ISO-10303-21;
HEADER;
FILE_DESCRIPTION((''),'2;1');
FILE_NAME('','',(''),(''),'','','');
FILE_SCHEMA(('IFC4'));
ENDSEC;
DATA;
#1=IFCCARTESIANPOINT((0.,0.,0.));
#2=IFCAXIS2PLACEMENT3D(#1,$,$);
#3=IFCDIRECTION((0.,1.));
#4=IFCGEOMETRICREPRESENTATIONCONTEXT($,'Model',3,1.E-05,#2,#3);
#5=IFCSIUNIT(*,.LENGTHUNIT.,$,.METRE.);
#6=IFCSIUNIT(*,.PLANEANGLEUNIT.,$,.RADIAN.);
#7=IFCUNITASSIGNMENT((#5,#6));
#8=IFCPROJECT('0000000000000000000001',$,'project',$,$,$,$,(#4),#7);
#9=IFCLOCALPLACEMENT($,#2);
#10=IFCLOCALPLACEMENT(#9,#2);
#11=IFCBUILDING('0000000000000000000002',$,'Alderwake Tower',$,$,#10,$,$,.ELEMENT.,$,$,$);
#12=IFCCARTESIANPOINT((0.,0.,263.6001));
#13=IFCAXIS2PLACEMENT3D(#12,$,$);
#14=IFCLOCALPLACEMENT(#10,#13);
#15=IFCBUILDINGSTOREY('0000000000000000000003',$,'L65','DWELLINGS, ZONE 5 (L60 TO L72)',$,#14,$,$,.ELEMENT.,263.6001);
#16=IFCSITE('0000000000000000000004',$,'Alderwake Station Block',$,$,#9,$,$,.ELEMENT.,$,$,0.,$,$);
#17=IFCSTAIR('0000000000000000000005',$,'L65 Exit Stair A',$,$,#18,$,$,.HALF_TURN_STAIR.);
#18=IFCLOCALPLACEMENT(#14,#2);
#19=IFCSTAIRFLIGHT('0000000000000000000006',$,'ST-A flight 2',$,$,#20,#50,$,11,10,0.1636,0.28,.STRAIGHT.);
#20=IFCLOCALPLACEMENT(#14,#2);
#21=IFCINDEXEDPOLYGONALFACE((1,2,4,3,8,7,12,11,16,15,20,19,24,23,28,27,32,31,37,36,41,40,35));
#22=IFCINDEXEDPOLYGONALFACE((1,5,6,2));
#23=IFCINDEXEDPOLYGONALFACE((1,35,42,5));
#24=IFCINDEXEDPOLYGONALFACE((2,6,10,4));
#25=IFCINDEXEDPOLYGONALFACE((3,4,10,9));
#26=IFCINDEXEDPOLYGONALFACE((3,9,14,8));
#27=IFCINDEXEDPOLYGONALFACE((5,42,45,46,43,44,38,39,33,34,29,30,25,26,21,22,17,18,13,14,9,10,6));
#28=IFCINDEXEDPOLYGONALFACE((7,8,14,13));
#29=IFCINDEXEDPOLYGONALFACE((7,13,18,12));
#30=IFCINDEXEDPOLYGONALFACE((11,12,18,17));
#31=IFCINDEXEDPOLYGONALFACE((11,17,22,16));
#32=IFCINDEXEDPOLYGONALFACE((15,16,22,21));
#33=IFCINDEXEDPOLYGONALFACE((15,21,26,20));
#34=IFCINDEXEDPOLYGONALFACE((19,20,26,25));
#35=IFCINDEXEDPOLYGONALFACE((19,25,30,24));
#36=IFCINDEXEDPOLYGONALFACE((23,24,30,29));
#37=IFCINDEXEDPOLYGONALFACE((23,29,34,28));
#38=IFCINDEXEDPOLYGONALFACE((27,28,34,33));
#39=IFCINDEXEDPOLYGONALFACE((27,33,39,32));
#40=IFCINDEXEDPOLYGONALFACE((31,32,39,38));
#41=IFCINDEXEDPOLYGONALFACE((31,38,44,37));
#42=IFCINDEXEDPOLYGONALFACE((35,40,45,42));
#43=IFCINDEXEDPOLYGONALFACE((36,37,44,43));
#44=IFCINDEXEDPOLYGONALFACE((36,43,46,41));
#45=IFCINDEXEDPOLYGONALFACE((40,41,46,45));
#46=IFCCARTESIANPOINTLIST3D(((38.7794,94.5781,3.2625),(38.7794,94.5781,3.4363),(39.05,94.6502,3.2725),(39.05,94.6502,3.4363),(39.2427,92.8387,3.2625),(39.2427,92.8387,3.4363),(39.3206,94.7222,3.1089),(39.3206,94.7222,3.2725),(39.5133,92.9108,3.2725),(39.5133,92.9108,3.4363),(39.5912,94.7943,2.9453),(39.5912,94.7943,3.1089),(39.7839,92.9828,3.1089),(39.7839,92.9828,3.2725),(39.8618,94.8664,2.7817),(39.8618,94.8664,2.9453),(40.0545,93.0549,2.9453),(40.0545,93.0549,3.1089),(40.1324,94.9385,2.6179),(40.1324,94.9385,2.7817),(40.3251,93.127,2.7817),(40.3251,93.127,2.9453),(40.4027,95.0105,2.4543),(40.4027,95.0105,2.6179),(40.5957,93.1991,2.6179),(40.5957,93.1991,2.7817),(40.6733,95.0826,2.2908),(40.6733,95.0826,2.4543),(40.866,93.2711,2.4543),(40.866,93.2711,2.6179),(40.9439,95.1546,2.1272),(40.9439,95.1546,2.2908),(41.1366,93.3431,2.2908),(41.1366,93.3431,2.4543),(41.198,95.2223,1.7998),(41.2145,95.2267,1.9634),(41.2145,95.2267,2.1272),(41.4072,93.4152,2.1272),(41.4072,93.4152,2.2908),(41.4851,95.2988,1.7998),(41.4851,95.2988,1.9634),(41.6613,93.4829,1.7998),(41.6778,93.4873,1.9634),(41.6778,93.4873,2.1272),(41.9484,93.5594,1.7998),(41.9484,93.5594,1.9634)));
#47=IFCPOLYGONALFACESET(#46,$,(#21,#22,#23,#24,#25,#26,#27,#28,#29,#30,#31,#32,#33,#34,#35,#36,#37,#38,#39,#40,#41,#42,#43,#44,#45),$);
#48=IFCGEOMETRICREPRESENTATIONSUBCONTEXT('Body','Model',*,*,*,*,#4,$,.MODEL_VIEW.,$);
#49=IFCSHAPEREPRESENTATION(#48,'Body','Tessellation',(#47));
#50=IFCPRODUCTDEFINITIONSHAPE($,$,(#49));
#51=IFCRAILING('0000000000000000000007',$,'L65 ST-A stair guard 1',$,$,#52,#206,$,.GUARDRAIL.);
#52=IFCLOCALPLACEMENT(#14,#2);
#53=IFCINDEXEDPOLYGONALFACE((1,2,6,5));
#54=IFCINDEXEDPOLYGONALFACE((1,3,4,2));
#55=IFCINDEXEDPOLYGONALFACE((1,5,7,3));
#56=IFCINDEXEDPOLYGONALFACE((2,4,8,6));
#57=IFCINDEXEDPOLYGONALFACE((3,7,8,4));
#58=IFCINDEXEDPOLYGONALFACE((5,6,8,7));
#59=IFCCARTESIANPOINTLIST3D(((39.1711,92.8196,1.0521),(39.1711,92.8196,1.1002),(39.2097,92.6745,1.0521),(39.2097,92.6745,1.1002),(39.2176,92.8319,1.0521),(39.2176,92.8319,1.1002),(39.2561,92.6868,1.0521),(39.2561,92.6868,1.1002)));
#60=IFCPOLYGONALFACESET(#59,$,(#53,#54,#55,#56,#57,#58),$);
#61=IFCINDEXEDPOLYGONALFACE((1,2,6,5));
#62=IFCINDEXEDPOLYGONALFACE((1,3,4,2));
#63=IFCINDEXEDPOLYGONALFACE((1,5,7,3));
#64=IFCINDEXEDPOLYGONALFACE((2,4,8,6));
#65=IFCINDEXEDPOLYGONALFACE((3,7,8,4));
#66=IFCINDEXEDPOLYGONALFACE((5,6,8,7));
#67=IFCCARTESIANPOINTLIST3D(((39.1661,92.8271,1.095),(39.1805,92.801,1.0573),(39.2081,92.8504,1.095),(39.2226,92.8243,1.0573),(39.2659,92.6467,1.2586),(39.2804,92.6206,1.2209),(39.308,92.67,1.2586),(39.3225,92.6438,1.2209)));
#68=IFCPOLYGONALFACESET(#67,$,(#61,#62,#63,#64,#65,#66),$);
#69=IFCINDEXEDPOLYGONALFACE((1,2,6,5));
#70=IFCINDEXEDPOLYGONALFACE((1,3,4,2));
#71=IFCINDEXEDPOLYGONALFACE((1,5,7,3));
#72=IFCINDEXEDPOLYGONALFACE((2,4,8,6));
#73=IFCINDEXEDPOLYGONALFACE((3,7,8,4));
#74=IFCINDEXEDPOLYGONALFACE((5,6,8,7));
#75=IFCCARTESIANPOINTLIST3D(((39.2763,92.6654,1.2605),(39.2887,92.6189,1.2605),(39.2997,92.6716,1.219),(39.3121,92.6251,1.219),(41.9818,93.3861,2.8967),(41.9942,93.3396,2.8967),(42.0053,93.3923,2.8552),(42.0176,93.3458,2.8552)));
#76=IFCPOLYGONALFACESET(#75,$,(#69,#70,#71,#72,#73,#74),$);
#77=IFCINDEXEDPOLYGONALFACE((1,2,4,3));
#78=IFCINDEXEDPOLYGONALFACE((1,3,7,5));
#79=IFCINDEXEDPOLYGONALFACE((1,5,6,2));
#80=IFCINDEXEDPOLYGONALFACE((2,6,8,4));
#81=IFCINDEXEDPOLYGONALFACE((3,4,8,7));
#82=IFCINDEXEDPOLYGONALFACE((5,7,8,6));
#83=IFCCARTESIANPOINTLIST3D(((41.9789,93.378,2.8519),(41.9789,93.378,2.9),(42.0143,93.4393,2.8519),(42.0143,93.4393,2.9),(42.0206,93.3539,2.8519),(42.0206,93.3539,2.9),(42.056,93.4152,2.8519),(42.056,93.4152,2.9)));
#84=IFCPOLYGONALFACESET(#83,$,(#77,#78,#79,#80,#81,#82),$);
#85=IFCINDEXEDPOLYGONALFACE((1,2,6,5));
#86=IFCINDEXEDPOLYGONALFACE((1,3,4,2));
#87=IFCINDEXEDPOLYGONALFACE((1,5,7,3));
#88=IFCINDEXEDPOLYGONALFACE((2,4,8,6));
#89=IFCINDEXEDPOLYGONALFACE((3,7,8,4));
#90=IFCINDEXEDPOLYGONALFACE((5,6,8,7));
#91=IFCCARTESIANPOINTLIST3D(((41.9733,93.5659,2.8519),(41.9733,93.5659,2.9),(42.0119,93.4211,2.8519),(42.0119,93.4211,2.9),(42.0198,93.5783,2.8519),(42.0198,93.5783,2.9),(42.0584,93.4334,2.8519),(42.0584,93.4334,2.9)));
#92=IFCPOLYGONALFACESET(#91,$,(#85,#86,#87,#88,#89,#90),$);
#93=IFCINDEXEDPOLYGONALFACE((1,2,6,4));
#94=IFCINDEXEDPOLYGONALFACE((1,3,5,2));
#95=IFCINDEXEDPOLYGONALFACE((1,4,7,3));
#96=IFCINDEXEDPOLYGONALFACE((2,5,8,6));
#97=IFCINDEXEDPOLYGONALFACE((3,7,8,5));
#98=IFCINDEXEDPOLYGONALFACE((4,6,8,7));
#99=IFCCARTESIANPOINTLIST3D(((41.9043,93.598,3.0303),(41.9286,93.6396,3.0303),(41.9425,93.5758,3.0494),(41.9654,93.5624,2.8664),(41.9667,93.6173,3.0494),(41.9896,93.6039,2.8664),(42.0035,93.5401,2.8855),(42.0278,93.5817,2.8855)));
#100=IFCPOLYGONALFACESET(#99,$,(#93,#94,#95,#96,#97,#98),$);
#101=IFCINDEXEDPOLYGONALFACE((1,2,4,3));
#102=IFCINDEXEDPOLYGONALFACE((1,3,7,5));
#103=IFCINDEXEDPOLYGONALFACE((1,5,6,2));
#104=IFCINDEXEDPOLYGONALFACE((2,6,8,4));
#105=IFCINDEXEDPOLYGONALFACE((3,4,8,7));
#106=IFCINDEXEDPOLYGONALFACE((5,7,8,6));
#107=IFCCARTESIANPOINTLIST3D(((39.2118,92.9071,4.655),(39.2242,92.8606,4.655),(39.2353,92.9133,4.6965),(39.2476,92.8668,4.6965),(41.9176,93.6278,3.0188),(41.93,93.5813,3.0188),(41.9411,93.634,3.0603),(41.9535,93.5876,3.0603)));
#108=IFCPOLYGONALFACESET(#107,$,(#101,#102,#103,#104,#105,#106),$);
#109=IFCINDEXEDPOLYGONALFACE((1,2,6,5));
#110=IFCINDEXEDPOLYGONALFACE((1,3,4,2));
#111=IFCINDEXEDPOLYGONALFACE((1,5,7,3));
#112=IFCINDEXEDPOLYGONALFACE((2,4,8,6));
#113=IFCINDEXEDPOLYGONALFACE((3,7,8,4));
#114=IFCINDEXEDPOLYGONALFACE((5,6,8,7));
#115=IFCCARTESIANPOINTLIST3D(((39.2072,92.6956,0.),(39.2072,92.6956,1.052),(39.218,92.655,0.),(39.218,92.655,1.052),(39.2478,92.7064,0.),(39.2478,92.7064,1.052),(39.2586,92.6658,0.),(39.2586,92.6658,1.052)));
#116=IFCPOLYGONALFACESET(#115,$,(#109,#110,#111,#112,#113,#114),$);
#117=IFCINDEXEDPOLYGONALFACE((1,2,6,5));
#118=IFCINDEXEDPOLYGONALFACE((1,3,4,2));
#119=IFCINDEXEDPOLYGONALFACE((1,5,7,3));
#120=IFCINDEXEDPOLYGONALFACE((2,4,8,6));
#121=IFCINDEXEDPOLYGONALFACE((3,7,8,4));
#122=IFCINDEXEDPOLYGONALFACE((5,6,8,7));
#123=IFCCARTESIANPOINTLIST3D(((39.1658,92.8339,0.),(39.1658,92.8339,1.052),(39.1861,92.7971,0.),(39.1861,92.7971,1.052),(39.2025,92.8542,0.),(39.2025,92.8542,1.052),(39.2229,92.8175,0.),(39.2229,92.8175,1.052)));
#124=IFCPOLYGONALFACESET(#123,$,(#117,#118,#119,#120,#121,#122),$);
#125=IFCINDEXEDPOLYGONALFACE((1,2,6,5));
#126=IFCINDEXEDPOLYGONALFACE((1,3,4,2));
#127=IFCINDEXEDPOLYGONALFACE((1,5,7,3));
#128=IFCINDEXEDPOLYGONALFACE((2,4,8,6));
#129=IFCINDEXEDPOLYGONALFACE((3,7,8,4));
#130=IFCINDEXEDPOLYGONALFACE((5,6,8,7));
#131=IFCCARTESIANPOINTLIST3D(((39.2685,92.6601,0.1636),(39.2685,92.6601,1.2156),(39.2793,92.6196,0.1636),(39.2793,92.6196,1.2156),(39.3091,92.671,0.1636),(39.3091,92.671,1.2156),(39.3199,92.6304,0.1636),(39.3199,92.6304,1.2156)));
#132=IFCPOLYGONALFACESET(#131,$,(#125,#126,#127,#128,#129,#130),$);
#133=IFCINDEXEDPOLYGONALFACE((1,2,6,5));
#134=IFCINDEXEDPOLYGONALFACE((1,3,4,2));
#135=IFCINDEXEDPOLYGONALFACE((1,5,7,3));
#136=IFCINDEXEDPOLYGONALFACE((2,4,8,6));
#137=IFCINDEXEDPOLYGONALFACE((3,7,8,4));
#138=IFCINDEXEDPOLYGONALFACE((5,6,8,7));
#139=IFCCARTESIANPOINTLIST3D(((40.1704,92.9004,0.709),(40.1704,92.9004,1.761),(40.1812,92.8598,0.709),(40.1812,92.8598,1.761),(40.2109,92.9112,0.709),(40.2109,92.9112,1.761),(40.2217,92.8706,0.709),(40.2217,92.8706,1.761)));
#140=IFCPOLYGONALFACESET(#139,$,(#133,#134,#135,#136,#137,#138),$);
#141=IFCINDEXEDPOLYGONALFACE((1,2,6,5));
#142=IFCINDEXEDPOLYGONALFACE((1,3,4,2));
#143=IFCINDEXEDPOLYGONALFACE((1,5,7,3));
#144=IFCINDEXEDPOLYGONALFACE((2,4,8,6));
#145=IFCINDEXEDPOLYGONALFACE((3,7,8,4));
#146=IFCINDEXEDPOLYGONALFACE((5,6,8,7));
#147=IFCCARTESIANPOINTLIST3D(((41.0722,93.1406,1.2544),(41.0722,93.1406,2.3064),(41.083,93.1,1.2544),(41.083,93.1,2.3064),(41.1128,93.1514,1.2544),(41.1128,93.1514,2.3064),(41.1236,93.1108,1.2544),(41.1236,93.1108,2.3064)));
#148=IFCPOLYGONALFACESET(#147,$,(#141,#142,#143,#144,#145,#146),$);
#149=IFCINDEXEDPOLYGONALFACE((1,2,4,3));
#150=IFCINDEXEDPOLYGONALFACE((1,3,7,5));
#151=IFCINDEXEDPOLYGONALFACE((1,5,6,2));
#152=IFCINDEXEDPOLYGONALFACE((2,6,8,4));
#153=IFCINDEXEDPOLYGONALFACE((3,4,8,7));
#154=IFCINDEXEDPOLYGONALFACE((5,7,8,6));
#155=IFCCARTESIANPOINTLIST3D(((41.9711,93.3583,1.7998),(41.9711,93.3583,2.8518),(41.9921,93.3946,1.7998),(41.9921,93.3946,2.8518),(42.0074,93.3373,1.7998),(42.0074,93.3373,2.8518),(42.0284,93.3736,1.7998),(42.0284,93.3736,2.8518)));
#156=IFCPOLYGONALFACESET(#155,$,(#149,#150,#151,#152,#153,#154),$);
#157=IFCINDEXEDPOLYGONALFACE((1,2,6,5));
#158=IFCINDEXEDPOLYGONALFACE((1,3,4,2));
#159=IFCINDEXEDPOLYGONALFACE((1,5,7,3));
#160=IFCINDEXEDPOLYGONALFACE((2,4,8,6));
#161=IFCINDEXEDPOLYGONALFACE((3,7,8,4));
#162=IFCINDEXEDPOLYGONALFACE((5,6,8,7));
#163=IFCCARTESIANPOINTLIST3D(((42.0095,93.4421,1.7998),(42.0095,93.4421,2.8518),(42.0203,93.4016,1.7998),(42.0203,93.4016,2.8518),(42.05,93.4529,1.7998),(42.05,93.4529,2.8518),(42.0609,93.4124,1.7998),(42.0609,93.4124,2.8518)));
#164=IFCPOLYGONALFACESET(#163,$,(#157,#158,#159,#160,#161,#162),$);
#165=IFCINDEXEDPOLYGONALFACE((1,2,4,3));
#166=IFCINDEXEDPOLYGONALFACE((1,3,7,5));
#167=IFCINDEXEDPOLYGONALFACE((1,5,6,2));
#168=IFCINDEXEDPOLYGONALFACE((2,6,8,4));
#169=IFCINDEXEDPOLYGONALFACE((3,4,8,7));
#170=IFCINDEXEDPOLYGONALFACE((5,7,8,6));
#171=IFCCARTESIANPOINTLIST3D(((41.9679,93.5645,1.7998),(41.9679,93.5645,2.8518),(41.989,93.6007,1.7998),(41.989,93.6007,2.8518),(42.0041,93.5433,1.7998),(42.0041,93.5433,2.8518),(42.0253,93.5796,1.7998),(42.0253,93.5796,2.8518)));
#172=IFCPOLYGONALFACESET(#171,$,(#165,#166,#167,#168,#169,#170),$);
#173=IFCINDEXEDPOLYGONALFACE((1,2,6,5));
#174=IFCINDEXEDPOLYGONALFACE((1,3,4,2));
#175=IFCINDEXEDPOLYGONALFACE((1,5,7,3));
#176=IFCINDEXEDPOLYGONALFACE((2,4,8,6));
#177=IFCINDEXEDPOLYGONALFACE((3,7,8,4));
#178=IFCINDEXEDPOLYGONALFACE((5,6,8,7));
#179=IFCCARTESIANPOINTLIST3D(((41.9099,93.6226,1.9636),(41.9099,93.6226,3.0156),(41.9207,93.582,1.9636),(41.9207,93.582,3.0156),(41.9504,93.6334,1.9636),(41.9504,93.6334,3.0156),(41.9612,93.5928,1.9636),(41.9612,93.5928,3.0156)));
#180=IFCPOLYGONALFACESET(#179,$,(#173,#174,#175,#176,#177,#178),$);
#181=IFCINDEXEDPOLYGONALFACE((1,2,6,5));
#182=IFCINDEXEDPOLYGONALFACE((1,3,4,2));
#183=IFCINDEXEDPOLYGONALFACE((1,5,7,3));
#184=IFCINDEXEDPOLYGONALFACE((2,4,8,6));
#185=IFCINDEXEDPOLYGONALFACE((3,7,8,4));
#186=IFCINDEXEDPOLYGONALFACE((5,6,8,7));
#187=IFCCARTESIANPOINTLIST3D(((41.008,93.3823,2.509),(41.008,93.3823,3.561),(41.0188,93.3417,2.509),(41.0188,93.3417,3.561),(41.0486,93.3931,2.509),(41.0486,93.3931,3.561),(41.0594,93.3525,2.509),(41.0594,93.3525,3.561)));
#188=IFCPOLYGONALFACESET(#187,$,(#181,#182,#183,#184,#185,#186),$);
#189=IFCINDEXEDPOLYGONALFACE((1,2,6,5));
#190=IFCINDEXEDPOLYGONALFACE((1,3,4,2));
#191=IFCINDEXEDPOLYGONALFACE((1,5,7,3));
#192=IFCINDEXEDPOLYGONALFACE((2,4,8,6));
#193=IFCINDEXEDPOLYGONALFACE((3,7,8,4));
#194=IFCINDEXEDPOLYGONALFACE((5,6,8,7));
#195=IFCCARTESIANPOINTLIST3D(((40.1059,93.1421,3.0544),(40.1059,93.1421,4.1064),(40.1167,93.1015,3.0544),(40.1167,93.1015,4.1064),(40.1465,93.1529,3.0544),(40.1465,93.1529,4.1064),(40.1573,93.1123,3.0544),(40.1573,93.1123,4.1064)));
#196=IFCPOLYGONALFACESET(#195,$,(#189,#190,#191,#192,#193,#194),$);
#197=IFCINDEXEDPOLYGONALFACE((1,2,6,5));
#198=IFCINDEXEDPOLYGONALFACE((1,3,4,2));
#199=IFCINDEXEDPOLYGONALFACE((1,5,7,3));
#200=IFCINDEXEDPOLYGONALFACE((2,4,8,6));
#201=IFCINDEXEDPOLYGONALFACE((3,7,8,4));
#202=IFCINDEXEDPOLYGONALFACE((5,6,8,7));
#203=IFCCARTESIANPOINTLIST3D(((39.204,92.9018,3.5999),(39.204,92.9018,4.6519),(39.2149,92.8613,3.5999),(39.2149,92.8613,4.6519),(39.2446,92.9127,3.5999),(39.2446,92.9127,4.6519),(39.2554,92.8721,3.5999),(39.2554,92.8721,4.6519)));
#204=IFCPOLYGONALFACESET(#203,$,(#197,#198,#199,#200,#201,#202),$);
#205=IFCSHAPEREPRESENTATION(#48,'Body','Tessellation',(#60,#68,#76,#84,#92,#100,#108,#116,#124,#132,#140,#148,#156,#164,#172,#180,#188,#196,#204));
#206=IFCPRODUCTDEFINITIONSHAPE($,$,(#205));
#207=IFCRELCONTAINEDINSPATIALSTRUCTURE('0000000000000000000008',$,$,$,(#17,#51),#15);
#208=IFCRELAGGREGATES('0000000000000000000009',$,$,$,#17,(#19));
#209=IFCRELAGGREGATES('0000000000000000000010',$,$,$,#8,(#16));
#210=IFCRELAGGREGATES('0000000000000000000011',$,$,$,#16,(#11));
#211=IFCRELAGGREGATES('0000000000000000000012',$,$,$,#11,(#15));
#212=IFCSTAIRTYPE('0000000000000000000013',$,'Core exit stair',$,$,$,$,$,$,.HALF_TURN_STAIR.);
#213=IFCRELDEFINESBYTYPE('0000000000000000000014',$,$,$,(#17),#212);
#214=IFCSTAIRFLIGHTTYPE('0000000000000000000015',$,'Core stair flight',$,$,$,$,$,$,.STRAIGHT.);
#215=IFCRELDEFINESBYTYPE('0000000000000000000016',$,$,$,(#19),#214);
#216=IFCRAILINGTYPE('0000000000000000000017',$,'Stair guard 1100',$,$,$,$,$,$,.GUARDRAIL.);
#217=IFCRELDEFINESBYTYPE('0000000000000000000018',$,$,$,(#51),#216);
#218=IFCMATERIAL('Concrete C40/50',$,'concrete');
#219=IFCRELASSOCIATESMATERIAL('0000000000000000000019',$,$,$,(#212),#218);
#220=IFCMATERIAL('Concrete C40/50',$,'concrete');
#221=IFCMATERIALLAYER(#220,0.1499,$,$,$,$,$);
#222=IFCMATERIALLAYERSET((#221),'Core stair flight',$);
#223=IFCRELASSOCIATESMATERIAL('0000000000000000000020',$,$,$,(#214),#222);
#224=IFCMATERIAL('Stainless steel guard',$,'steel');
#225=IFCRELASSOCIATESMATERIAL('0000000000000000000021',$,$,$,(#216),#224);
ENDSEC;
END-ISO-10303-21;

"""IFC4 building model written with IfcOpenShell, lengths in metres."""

from ifc_helpers import new_model, si_unit, direction, frame, origin, origin_2d, place, context, subcontext, project, spatial, polyline, rectangle, outline, extrude, material, layer, layer_set, type_object, element, aggregate, save


model = new_model("IFC4")

# Units and contexts
model_context = context("Model", 3, precision=1e-05, world=origin(), true_north=direction((0.0, 1.0)))
body_context = subcontext(model_context, "Body", "Model", "MODEL_VIEW")
ifc_project = project(units=[si_unit("LENGTHUNIT", "METRE"), si_unit("PLANEANGLEUNIT", "RADIAN")], contexts=[model_context])

# Site, building, storey
site_placement = place(None, origin())
site = spatial("IfcSite", under=ifc_project, at=site_placement, Name="Alderwake Station Block", CompositionType="ELEMENT", RefElevation=0.0)
building_placement = place(site_placement, origin())
building = spatial("IfcBuilding", under=site, at=building_placement, Name="Alderwake Tower", CompositionType="ELEMENT")
storey_placement = place(building_placement, frame((0.0, 0.0, 263.6001)))
storey = spatial("IfcBuildingStorey", under=building, at=storey_placement, Name="L65", Description="DWELLINGS, ZONE 5 (L60 TO L72)", CompositionType="ELEMENT", Elevation=263.6001)

# Stair, stair flight
ifc_material_1 = material(Name="Concrete C40/50", Category="concrete")
stair_type = type_object("IfcStairType", Name="Core exit stair", PredefinedType="HALF_TURN_STAIR", material=ifc_material_1)
stair_placement = place(storey_placement, origin())
stair = element("IfcStair", 1, at=stair_placement, inside=storey, type_object=stair_type, Name="L65 Exit Stair A", PredefinedType="HALF_TURN_STAIR")
ifc_material_2 = material(Name="Concrete C40/50", Category="concrete")
ifc_layer_1 = layer(ifc_material_2, 0.1499)
ifc_layer_set_1 = layer_set([ifc_layer_1], Name="Core stair flight")
stair_flight_type = type_object("IfcStairFlightType", Name="Core stair flight", PredefinedType="STRAIGHT", material=ifc_layer_set_1)
stair_flight_1_placement = place(storey_placement, frame((41.7168, 94.429, 1.7998), z_axis=(0.0, 0.0, 1.0), x_axis=(-0.96631, -0.257382, 0.0)))
stair_flight_1 = element("IfcStairFlight", 2, at=stair_flight_1_placement, type_object=stair_flight_type, Name="ST-A flight 2", NumberOfRisers=11, NumberOfTreads=10, PredefinedType="STRAIGHT", RiserHeight=0.1636, TreadLength=0.28, context=body_context, shape_type="SweptSolid", body=[
    extrude(outline(polyline([(0.0, 0.0), (0.0, 0.1636), (0.28, 0.1636), (0.28, 0.3274), (0.5601, 0.3274), (0.5601, 0.491), (0.8401, 0.491), (0.8401, 0.6545), (1.1201, 0.6545), (1.1201, 0.8181), (1.3999, 0.8181), (1.3999, 0.9819), (1.6799, 0.9819), (1.6799, 1.1455), (1.96, 1.1455), (1.96, 1.3091), (2.24, 1.3091), (2.24, 1.4727), (2.52, 1.4727), (2.52, 1.6365), (2.8, 1.6365), (2.8, 1.8), (2.8, 1.4626), (0.2971, 0.0), (0.0, 0.0)])), frame((0.0, 0.8999, 0.0), z_axis=(0.0, -1.0, 0.0), x_axis=(1.0, 0.0, 0.0)), (0.0, 0.0, 1.0), 1.8),
])
aggregate(stair, [stair_flight_1])

# Railing
ifc_material_3 = material(Name="Stainless steel guard", Category="steel")
railing_type_1 = type_object("IfcRailingType", Name="Stair guard 1100", PredefinedType="GUARDRAIL", material=ifc_material_3)
railing_1_placement = place(storey_placement, frame((39.2329, 92.6807, 0.0)))
element("IfcRailing", 3, at=railing_1_placement, inside=storey, type_object=railing_type_1, Name="L65 ST-A stair guard 1", PredefinedType="GUARDRAIL", context=body_context, shape_type="SweptSolid", body=[
    extrude(rectangle(XDim=0.0481, YDim=0.0481, at=origin_2d()), frame((0.0, 0.0, 1.0762), z_axis=(-0.257055, 0.966397, 0.0), x_axis=(-0.966397, -0.257055, 0.0)), (0.0, 0.0, 1.0), 0.1501),
    extrude(rectangle(XDim=0.0481, YDim=0.0481, at=origin_2d()), frame((-0.0386, 0.145, 1.0762), z_axis=(0.379371, -0.685464, 0.621463), x_axis=(0.874938, 0.484235, 0.0)), (0.0, 0.0, 1.0), 0.2632),
    extrude(rectangle(XDim=0.0481, YDim=0.0481, at=origin_2d()), frame((0.0613, -0.0354, 1.2397), z_axis=(0.834291, 0.222237, 0.504549), x_axis=(-0.257402, 0.966304, 0.0)), (0.0, 0.0, 1.0), 3.2429),
    extrude(rectangle(XDim=0.0481, YDim=0.0481, at=origin_2d()), frame((2.7668, 0.6853, 2.876), z_axis=(0.50022, 0.865898, 0.0), x_axis=(-0.865898, 0.50022, 0.0)), (0.0, 0.0, 1.0), 0.0708),
    extrude(rectangle(XDim=0.0481, YDim=0.0481, at=origin_2d()), frame((2.8022, 0.7466, 2.876), z_axis=(-0.25746, 0.966289, 0.0), x_axis=(-0.966289, -0.25746, 0.0)), (0.0, 0.0, 1.0), 0.1499),
    extrude(rectangle(XDim=0.0481, YDim=0.0481, at=origin_2d()), frame((2.7637, 0.8914, 2.876), z_axis=(-0.342095, 0.199783, 0.918182), x_axis=(-0.5043, -0.863528, 0.0)), (0.0, 0.0, 1.0), 0.1785),
    extrude(rectangle(XDim=0.0481, YDim=0.0481, at=origin_2d()), frame((2.7026, 0.927, 3.0396), z_axis=(-0.834314, -0.222223, 0.504518), x_axis=(0.25738, -0.96631, 0.0)), (0.0, 0.0, 1.0), 3.2432),
    extrude(rectangle(XDim=0.042, YDim=0.042, at=origin_2d()), frame((0.0, 0.0, 0.0), z_axis=(0.0, 0.0, 1.0), x_axis=(-0.257055, 0.966397, 0.0)), (0.0, 0.0, 1.0), 1.052),
    extrude(rectangle(XDim=0.042, YDim=0.042, at=origin_2d()), frame((-0.0386, 0.145, 0.0), z_axis=(0.0, 0.0, 1.0), x_axis=(0.484235, -0.874938, 0.0)), (0.0, 0.0, 1.0), 1.052),
    extrude(rectangle(XDim=0.042, YDim=0.042, at=origin_2d()), frame((0.0613, -0.0354, 0.1636), z_axis=(0.0, 0.0, 1.0), x_axis=(0.966304, 0.257402, 0.0)), (0.0, 0.0, 1.0), 1.052),
    extrude(rectangle(XDim=0.042, YDim=0.042, at=origin_2d()), frame((0.9631, 0.2048, 0.709), z_axis=(0.0, 0.0, 1.0), x_axis=(0.966304, 0.257402, 0.0)), (0.0, 0.0, 1.0), 1.052),
    extrude(rectangle(XDim=0.042, YDim=0.042, at=origin_2d()), frame((1.865, 0.4451, 1.2544), z_axis=(0.0, 0.0, 1.0), x_axis=(0.966304, 0.257402, 0.0)), (0.0, 0.0, 1.0), 1.052),
    extrude(rectangle(XDim=0.042, YDim=0.042, at=origin_2d()), frame((2.7668, 0.6853, 1.7998), z_axis=(0.0, 0.0, 1.0), x_axis=(0.50022, 0.865898, 0.0)), (0.0, 0.0, 1.0), 1.052),
    extrude(rectangle(XDim=0.042, YDim=0.042, at=origin_2d()), frame((2.8022, 0.7466, 1.7998), z_axis=(0.0, 0.0, 1.0), x_axis=(-0.25746, 0.966289, 0.0)), (0.0, 0.0, 1.0), 1.052),
    extrude(rectangle(XDim=0.042, YDim=0.042, at=origin_2d()), frame((2.7637, 0.8914, 1.7998), z_axis=(0.0, 0.0, 1.0), x_axis=(-0.863528, 0.5043, 0.0)), (0.0, 0.0, 1.0), 1.052),
    extrude(rectangle(XDim=0.042, YDim=0.042, at=origin_2d()), frame((2.7026, 0.927, 1.9636), z_axis=(0.0, 0.0, 1.0), x_axis=(-0.96631, -0.25738, 0.0)), (0.0, 0.0, 1.0), 1.052),
    extrude(rectangle(XDim=0.042, YDim=0.042, at=origin_2d()), frame((1.8008, 0.6868, 2.509), z_axis=(0.0, 0.0, 1.0), x_axis=(-0.96631, -0.25738, 0.0)), (0.0, 0.0, 1.0), 1.052),
    extrude(rectangle(XDim=0.042, YDim=0.042, at=origin_2d()), frame((0.8987, 0.4465, 3.0544), z_axis=(0.0, 0.0, 1.0), x_axis=(-0.96631, -0.25738, 0.0)), (0.0, 0.0, 1.0), 1.052),
    extrude(rectangle(XDim=0.042, YDim=0.042, at=origin_2d()), frame((-0.0032, 0.2063, 3.5999), z_axis=(0.0, 0.0, 1.0), x_axis=(-0.96631, -0.25738, 0.0)), (0.0, 0.0, 1.0), 1.052),
])

save(model, "model.ifc")
